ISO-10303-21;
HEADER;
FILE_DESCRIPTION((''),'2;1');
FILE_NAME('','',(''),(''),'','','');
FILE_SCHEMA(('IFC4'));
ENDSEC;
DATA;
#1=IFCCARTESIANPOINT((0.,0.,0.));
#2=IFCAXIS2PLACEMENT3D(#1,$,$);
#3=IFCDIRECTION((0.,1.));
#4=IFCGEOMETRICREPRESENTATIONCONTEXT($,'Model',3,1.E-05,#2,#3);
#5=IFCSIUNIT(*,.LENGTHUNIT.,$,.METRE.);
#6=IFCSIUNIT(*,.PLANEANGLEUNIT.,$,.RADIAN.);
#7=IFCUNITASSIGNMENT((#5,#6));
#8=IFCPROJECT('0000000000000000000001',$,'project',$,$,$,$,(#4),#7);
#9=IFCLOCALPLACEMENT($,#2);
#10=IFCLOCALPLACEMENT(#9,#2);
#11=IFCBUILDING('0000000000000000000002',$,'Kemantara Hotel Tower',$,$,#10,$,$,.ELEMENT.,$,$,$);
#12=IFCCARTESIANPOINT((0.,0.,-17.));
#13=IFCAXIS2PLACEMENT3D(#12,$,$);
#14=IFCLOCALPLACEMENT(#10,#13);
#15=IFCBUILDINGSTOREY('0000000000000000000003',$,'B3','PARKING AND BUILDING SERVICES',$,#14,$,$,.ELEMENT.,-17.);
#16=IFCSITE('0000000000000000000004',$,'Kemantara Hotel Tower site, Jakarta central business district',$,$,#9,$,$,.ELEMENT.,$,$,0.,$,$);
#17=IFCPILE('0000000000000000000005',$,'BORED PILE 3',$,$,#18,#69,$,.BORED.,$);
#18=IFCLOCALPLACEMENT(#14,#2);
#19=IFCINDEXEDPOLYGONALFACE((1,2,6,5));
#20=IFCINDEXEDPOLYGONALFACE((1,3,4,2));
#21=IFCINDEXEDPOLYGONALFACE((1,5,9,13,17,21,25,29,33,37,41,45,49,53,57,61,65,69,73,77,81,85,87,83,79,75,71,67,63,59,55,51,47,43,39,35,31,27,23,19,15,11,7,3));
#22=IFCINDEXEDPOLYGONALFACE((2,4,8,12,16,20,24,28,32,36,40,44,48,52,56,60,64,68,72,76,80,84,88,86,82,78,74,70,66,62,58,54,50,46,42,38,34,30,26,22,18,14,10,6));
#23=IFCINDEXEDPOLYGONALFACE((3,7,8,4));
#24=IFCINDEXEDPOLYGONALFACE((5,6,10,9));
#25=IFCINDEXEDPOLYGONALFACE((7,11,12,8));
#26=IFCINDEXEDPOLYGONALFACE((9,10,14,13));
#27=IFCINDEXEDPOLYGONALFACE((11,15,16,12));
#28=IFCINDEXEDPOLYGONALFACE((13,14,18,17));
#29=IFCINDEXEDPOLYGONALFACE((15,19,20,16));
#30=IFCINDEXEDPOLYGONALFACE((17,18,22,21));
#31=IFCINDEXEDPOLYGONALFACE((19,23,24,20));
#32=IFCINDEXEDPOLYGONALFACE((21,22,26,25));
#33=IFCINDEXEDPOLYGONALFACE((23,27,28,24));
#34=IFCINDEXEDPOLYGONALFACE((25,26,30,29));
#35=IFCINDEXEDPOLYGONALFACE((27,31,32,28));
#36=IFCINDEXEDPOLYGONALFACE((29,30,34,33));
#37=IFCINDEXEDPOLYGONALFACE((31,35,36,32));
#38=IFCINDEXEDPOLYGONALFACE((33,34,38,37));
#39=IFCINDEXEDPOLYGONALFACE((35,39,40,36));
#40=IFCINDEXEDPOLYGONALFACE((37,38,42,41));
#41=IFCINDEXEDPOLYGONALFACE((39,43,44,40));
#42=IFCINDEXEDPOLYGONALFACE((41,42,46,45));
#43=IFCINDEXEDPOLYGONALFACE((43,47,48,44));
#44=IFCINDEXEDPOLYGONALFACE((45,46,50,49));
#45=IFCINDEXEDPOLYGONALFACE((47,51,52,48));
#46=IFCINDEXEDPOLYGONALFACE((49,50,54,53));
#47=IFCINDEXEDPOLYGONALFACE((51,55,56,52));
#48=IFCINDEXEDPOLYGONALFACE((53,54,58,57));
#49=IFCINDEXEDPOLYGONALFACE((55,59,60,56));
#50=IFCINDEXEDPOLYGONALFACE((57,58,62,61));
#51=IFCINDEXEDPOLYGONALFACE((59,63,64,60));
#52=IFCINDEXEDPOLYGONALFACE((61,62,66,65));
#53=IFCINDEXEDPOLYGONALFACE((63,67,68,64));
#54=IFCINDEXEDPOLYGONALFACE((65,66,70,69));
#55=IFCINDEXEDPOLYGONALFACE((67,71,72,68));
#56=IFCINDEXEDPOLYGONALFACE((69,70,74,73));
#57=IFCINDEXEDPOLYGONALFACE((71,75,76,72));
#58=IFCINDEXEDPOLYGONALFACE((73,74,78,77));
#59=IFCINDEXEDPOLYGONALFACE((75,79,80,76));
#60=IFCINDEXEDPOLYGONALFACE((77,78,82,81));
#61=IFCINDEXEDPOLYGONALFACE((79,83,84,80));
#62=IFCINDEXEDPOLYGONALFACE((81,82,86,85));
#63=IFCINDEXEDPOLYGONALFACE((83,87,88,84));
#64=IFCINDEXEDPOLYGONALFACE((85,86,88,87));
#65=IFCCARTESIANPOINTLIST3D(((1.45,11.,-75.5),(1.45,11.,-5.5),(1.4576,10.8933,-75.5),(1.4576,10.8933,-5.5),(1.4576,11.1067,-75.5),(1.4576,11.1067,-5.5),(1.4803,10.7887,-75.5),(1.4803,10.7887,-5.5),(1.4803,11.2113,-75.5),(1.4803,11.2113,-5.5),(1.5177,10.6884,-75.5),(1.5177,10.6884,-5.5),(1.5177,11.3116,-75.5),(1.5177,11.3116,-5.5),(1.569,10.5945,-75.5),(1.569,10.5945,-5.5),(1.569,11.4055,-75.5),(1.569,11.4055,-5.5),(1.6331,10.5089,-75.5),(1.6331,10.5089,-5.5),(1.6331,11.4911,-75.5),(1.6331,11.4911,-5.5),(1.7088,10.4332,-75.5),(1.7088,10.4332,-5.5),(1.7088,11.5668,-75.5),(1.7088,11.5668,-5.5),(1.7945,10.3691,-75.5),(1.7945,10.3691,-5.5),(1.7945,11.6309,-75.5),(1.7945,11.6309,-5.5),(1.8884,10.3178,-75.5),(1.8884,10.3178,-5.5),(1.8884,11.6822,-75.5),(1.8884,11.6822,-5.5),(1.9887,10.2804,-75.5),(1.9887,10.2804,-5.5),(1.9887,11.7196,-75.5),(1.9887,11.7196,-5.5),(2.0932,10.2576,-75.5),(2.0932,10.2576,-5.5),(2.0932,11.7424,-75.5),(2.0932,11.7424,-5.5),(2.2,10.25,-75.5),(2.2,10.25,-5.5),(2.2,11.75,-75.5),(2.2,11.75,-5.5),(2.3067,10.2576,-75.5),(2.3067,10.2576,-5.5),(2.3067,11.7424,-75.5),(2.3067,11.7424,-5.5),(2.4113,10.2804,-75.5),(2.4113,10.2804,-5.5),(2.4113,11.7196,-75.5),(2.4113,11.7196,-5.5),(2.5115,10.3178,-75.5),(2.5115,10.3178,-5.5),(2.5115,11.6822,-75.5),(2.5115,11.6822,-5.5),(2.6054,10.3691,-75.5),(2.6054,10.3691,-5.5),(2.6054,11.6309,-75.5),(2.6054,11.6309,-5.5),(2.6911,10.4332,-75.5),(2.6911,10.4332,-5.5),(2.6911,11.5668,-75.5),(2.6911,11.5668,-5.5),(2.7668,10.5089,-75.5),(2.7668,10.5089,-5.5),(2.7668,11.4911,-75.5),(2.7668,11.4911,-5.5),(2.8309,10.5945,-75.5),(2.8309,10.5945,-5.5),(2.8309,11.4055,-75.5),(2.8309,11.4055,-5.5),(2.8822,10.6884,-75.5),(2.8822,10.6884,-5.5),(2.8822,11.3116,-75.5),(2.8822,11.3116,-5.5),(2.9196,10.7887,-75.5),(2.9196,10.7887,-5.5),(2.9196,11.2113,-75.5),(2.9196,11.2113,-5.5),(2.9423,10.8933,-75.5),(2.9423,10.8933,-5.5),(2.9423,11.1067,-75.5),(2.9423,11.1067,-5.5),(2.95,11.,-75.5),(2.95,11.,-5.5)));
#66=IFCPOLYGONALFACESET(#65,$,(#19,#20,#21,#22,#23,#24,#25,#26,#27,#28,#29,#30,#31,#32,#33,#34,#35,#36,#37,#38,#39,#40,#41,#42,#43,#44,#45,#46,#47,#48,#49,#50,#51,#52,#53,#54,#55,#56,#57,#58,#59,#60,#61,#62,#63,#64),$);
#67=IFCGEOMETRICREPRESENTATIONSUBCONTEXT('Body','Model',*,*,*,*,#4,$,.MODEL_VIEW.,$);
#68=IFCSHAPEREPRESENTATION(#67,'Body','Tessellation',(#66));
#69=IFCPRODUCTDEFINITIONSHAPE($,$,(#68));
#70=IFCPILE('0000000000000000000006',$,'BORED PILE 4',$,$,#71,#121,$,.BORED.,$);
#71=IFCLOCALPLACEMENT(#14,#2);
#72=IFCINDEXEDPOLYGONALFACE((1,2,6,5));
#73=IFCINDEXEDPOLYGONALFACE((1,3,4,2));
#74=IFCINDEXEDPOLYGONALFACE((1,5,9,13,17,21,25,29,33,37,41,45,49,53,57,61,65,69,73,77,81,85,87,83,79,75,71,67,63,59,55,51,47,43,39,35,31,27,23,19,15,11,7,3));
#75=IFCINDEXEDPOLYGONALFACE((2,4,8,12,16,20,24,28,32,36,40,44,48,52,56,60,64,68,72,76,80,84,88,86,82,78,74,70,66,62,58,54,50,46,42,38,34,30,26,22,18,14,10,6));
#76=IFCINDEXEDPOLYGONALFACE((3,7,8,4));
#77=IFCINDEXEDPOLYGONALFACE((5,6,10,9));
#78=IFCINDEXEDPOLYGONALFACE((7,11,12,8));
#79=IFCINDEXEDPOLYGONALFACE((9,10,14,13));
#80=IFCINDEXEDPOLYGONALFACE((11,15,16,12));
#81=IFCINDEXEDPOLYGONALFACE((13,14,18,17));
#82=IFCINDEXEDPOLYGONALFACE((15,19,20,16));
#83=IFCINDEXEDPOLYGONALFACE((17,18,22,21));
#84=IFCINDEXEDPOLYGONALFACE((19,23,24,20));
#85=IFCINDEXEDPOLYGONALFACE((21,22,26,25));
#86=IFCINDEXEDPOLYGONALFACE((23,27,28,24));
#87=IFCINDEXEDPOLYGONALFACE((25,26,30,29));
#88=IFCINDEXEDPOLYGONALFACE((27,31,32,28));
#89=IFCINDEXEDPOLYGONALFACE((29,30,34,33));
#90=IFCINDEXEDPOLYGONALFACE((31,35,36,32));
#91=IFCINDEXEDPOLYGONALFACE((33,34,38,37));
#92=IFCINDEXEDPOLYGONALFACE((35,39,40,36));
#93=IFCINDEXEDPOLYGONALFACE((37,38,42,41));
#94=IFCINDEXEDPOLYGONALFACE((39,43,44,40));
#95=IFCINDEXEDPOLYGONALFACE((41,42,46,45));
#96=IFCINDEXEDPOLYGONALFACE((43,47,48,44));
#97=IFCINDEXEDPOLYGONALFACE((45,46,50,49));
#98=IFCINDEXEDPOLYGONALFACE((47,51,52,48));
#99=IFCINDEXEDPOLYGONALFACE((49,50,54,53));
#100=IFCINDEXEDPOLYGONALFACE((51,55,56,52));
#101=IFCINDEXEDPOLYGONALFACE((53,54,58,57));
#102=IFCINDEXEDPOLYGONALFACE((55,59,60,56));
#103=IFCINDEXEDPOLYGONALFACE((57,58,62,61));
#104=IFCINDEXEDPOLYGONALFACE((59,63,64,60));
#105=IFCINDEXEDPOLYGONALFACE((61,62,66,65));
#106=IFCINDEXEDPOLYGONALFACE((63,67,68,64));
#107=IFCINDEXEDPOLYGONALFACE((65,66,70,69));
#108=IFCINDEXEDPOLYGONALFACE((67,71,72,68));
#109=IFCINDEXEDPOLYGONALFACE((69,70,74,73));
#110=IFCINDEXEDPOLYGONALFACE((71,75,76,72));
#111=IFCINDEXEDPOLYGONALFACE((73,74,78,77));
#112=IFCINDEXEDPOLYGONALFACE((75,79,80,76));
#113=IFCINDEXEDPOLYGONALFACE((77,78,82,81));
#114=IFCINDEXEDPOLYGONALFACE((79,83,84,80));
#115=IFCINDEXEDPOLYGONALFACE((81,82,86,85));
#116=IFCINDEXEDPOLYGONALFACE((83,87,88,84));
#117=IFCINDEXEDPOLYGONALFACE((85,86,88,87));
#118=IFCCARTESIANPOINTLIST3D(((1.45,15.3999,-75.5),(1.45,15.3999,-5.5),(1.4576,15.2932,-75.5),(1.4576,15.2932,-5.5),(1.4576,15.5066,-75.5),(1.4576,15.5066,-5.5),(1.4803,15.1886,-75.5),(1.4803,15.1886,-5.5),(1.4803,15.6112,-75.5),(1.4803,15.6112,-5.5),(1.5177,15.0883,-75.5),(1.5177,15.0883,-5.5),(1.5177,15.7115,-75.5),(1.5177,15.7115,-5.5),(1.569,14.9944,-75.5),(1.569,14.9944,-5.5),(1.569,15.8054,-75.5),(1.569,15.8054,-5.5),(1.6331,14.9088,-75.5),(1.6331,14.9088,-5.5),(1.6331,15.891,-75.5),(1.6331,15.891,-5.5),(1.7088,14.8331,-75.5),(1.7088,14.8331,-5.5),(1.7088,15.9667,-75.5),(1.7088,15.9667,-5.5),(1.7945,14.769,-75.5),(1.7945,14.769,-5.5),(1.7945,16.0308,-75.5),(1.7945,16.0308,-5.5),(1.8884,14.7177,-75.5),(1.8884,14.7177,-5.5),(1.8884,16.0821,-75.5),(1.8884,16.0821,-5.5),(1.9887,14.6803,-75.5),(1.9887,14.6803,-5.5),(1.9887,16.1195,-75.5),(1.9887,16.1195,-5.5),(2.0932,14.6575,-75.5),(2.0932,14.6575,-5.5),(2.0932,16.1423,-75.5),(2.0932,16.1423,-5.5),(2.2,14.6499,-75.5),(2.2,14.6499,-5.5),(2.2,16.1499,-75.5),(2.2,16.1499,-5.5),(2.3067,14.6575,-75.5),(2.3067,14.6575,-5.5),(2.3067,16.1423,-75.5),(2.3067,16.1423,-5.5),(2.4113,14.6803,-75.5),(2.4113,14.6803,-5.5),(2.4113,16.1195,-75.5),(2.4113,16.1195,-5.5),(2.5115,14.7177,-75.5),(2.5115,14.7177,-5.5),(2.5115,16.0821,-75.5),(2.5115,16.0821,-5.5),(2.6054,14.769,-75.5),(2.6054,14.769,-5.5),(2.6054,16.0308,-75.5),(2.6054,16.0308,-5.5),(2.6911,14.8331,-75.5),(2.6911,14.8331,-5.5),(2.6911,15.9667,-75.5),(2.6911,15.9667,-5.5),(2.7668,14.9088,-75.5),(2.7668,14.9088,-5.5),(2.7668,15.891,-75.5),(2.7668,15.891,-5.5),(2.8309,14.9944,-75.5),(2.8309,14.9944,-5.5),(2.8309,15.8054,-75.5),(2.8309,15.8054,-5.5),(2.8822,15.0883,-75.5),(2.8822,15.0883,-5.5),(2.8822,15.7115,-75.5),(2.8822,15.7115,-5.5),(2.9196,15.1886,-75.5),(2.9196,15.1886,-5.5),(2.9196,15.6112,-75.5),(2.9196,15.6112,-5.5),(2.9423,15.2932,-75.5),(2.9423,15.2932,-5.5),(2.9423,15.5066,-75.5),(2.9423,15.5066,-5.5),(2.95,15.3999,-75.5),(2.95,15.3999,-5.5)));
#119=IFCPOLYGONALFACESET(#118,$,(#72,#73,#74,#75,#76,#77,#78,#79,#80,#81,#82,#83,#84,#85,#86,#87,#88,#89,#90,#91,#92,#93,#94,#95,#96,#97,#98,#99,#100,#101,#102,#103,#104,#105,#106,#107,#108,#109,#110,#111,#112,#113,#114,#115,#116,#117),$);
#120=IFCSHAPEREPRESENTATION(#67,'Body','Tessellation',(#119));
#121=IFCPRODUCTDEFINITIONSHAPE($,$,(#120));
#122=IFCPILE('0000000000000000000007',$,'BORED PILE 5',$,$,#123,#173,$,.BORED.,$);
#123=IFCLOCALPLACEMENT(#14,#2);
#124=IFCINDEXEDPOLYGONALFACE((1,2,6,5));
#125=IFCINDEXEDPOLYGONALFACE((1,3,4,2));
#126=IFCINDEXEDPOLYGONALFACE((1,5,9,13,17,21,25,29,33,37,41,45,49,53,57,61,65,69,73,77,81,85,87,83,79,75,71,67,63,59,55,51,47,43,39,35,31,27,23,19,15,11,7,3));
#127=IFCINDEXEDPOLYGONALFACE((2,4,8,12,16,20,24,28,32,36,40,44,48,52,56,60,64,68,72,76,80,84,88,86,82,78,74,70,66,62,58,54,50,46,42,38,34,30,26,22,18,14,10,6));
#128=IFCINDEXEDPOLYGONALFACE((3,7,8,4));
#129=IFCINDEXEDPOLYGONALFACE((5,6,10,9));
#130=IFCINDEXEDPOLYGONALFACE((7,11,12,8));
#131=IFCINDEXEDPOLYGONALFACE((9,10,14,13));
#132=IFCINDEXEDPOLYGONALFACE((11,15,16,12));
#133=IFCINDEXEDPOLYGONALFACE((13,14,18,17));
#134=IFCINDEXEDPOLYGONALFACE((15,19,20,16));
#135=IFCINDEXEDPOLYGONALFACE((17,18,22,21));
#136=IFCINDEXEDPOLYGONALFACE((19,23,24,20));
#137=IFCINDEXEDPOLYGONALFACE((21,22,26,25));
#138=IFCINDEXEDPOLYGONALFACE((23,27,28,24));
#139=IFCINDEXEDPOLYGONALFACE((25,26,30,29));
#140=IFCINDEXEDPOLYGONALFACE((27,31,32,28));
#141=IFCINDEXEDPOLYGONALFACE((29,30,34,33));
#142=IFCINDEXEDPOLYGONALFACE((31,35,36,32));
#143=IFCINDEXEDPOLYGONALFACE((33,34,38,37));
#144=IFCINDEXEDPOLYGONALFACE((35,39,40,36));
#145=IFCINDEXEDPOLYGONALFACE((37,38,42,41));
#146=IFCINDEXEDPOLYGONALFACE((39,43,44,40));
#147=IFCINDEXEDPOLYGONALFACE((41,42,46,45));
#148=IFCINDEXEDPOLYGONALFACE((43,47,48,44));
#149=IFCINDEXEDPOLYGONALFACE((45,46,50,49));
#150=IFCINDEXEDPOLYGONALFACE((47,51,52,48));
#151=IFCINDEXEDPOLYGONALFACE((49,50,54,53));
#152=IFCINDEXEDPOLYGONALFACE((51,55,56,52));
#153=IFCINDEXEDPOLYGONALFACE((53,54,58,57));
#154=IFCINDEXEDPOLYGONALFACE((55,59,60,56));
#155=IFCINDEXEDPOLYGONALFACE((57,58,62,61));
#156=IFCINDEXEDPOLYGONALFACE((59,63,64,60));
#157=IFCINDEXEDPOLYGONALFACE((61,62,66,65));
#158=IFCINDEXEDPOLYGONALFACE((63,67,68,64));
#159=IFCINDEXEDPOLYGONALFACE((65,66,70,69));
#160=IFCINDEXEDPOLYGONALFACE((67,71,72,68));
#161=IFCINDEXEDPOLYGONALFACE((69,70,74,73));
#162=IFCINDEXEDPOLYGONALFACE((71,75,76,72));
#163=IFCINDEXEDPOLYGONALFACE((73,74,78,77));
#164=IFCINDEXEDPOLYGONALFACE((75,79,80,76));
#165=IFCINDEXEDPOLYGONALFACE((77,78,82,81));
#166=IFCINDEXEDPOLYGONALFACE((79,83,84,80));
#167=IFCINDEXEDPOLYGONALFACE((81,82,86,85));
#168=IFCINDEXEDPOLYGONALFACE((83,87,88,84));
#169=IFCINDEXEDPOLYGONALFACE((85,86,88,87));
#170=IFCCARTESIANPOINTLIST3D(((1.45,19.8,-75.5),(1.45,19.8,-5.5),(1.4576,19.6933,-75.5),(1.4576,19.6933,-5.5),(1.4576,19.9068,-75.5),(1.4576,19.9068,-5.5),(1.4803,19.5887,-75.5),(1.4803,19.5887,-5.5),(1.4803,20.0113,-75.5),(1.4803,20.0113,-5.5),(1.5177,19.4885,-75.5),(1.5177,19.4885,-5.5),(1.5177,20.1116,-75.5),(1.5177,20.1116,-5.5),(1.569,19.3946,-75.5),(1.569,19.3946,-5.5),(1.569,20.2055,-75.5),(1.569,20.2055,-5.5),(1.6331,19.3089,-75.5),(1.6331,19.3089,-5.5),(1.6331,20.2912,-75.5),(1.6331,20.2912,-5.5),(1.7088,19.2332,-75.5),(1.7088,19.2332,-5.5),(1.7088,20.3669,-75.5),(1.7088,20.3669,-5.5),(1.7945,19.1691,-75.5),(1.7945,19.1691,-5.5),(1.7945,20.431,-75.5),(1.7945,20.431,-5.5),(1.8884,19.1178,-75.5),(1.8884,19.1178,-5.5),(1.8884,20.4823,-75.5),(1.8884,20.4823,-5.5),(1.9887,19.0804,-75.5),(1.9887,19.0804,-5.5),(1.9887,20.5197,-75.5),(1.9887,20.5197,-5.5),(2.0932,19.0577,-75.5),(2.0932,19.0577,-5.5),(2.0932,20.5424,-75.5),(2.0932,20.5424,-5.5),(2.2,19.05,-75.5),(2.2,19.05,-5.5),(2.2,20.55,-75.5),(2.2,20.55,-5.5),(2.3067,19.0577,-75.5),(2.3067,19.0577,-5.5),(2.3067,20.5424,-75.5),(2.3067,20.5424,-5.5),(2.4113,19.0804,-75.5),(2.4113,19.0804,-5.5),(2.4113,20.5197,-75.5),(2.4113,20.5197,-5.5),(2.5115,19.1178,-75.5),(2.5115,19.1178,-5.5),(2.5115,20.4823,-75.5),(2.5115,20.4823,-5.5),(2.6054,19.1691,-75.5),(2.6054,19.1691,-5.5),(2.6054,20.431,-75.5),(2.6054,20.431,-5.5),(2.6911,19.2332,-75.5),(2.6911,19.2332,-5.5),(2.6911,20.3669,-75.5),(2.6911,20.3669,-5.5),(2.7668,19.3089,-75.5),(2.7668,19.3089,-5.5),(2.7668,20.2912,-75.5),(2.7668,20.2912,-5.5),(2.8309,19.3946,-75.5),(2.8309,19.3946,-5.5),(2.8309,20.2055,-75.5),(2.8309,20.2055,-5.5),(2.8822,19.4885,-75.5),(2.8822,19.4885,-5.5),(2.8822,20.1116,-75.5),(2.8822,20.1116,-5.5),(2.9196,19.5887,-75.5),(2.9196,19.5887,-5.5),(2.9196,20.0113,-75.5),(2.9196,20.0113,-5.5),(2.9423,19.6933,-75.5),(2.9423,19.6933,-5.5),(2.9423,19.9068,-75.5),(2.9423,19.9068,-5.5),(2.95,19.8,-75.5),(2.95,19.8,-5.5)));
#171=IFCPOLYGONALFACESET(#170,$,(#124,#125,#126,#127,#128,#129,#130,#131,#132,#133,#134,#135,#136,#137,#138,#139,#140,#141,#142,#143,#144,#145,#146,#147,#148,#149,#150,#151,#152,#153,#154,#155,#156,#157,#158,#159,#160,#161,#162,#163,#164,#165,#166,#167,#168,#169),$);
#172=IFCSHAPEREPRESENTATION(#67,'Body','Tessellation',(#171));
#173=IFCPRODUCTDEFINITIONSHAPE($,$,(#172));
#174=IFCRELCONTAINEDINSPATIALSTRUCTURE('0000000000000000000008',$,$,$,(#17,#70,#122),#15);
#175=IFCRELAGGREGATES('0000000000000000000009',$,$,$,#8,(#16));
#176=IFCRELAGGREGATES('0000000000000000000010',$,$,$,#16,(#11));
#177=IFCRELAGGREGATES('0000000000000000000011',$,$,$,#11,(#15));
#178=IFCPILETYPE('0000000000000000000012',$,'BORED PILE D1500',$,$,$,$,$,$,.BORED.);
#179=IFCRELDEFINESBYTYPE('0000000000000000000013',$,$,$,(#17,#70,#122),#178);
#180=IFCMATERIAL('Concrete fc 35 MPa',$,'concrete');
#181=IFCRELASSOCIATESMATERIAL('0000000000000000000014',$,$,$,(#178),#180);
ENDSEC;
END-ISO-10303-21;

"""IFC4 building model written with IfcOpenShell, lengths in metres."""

from ifc_helpers import new_model, si_unit, direction, frame, origin, origin_2d, place, context, subcontext, project, spatial, circle, extrude, material, material_profile, profile_set, type_object, element, save


model = new_model("IFC4")

# Units and contexts
model_context = context("Model", 3, precision=1e-05, world=origin(), true_north=direction((0.0, 1.0)))
body_context = subcontext(model_context, "Body", "Model", "MODEL_VIEW")
ifc_project = project(units=[si_unit("LENGTHUNIT", "METRE"), si_unit("PLANEANGLEUNIT", "RADIAN")], contexts=[model_context])

# Site, building, storey
site_placement = place(None, origin())
site = spatial("IfcSite", under=ifc_project, at=site_placement, Name="Kemantara Hotel Tower site, Jakarta central business district", CompositionType="ELEMENT", RefElevation=0.0)
building_placement = place(site_placement, origin())
building = spatial("IfcBuilding", under=site, at=building_placement, Name="Kemantara Hotel Tower", CompositionType="ELEMENT")
storey_placement = place(building_placement, frame((0.0, 0.0, -17.0)))
storey = spatial("IfcBuildingStorey", under=building, at=storey_placement, Name="B3", Description="PARKING AND BUILDING SERVICES", CompositionType="ELEMENT", Elevation=-17.0)

# Piles
ifc_material_1 = material(Name="Concrete fc 35 MPa", Category="concrete")
ifc_material_profile_1 = material_profile(ifc_material_1, circle(Radius=0.75, at=origin_2d()), Name="BORED PILE D1500")
ifc_profile_set_1 = profile_set([ifc_material_profile_1], Name="Concrete fc 35 MPa")
pile_type = type_object("IfcPileType", Name="BORED PILE D1500", PredefinedType="BORED", material=ifc_profile_set_1)
for number, where, z_axis, x_axis, name in (
    (1, (2.2, 11.0, -5.5), (0.0, 0.0, -1.0), (1.0, 0.0, 0.0), "BORED PILE 3"),
    (2, (2.2, 15.3999, -5.5), (0.0, 0.0, -1.0), (1.0, 0.0, 0.0), "BORED PILE 4"),
    (3, (2.2, 19.8, -5.5), (0.0, 0.0, -1.0), (1.0, 0.0, 0.0), "BORED PILE 5"),
):
    element("IfcPile", number, at=place(storey_placement, frame(where, z_axis=z_axis, x_axis=x_axis)), inside=storey, type_object=pile_type, Name=name, PredefinedType="BORED", context=body_context, shape_type="SweptSolid", body=[
        extrude(circle(Radius=0.75, at=origin_2d()), origin(), (0.0, 0.0, 1.0), 70.0),
    ])

save(model, "model.ifc")
